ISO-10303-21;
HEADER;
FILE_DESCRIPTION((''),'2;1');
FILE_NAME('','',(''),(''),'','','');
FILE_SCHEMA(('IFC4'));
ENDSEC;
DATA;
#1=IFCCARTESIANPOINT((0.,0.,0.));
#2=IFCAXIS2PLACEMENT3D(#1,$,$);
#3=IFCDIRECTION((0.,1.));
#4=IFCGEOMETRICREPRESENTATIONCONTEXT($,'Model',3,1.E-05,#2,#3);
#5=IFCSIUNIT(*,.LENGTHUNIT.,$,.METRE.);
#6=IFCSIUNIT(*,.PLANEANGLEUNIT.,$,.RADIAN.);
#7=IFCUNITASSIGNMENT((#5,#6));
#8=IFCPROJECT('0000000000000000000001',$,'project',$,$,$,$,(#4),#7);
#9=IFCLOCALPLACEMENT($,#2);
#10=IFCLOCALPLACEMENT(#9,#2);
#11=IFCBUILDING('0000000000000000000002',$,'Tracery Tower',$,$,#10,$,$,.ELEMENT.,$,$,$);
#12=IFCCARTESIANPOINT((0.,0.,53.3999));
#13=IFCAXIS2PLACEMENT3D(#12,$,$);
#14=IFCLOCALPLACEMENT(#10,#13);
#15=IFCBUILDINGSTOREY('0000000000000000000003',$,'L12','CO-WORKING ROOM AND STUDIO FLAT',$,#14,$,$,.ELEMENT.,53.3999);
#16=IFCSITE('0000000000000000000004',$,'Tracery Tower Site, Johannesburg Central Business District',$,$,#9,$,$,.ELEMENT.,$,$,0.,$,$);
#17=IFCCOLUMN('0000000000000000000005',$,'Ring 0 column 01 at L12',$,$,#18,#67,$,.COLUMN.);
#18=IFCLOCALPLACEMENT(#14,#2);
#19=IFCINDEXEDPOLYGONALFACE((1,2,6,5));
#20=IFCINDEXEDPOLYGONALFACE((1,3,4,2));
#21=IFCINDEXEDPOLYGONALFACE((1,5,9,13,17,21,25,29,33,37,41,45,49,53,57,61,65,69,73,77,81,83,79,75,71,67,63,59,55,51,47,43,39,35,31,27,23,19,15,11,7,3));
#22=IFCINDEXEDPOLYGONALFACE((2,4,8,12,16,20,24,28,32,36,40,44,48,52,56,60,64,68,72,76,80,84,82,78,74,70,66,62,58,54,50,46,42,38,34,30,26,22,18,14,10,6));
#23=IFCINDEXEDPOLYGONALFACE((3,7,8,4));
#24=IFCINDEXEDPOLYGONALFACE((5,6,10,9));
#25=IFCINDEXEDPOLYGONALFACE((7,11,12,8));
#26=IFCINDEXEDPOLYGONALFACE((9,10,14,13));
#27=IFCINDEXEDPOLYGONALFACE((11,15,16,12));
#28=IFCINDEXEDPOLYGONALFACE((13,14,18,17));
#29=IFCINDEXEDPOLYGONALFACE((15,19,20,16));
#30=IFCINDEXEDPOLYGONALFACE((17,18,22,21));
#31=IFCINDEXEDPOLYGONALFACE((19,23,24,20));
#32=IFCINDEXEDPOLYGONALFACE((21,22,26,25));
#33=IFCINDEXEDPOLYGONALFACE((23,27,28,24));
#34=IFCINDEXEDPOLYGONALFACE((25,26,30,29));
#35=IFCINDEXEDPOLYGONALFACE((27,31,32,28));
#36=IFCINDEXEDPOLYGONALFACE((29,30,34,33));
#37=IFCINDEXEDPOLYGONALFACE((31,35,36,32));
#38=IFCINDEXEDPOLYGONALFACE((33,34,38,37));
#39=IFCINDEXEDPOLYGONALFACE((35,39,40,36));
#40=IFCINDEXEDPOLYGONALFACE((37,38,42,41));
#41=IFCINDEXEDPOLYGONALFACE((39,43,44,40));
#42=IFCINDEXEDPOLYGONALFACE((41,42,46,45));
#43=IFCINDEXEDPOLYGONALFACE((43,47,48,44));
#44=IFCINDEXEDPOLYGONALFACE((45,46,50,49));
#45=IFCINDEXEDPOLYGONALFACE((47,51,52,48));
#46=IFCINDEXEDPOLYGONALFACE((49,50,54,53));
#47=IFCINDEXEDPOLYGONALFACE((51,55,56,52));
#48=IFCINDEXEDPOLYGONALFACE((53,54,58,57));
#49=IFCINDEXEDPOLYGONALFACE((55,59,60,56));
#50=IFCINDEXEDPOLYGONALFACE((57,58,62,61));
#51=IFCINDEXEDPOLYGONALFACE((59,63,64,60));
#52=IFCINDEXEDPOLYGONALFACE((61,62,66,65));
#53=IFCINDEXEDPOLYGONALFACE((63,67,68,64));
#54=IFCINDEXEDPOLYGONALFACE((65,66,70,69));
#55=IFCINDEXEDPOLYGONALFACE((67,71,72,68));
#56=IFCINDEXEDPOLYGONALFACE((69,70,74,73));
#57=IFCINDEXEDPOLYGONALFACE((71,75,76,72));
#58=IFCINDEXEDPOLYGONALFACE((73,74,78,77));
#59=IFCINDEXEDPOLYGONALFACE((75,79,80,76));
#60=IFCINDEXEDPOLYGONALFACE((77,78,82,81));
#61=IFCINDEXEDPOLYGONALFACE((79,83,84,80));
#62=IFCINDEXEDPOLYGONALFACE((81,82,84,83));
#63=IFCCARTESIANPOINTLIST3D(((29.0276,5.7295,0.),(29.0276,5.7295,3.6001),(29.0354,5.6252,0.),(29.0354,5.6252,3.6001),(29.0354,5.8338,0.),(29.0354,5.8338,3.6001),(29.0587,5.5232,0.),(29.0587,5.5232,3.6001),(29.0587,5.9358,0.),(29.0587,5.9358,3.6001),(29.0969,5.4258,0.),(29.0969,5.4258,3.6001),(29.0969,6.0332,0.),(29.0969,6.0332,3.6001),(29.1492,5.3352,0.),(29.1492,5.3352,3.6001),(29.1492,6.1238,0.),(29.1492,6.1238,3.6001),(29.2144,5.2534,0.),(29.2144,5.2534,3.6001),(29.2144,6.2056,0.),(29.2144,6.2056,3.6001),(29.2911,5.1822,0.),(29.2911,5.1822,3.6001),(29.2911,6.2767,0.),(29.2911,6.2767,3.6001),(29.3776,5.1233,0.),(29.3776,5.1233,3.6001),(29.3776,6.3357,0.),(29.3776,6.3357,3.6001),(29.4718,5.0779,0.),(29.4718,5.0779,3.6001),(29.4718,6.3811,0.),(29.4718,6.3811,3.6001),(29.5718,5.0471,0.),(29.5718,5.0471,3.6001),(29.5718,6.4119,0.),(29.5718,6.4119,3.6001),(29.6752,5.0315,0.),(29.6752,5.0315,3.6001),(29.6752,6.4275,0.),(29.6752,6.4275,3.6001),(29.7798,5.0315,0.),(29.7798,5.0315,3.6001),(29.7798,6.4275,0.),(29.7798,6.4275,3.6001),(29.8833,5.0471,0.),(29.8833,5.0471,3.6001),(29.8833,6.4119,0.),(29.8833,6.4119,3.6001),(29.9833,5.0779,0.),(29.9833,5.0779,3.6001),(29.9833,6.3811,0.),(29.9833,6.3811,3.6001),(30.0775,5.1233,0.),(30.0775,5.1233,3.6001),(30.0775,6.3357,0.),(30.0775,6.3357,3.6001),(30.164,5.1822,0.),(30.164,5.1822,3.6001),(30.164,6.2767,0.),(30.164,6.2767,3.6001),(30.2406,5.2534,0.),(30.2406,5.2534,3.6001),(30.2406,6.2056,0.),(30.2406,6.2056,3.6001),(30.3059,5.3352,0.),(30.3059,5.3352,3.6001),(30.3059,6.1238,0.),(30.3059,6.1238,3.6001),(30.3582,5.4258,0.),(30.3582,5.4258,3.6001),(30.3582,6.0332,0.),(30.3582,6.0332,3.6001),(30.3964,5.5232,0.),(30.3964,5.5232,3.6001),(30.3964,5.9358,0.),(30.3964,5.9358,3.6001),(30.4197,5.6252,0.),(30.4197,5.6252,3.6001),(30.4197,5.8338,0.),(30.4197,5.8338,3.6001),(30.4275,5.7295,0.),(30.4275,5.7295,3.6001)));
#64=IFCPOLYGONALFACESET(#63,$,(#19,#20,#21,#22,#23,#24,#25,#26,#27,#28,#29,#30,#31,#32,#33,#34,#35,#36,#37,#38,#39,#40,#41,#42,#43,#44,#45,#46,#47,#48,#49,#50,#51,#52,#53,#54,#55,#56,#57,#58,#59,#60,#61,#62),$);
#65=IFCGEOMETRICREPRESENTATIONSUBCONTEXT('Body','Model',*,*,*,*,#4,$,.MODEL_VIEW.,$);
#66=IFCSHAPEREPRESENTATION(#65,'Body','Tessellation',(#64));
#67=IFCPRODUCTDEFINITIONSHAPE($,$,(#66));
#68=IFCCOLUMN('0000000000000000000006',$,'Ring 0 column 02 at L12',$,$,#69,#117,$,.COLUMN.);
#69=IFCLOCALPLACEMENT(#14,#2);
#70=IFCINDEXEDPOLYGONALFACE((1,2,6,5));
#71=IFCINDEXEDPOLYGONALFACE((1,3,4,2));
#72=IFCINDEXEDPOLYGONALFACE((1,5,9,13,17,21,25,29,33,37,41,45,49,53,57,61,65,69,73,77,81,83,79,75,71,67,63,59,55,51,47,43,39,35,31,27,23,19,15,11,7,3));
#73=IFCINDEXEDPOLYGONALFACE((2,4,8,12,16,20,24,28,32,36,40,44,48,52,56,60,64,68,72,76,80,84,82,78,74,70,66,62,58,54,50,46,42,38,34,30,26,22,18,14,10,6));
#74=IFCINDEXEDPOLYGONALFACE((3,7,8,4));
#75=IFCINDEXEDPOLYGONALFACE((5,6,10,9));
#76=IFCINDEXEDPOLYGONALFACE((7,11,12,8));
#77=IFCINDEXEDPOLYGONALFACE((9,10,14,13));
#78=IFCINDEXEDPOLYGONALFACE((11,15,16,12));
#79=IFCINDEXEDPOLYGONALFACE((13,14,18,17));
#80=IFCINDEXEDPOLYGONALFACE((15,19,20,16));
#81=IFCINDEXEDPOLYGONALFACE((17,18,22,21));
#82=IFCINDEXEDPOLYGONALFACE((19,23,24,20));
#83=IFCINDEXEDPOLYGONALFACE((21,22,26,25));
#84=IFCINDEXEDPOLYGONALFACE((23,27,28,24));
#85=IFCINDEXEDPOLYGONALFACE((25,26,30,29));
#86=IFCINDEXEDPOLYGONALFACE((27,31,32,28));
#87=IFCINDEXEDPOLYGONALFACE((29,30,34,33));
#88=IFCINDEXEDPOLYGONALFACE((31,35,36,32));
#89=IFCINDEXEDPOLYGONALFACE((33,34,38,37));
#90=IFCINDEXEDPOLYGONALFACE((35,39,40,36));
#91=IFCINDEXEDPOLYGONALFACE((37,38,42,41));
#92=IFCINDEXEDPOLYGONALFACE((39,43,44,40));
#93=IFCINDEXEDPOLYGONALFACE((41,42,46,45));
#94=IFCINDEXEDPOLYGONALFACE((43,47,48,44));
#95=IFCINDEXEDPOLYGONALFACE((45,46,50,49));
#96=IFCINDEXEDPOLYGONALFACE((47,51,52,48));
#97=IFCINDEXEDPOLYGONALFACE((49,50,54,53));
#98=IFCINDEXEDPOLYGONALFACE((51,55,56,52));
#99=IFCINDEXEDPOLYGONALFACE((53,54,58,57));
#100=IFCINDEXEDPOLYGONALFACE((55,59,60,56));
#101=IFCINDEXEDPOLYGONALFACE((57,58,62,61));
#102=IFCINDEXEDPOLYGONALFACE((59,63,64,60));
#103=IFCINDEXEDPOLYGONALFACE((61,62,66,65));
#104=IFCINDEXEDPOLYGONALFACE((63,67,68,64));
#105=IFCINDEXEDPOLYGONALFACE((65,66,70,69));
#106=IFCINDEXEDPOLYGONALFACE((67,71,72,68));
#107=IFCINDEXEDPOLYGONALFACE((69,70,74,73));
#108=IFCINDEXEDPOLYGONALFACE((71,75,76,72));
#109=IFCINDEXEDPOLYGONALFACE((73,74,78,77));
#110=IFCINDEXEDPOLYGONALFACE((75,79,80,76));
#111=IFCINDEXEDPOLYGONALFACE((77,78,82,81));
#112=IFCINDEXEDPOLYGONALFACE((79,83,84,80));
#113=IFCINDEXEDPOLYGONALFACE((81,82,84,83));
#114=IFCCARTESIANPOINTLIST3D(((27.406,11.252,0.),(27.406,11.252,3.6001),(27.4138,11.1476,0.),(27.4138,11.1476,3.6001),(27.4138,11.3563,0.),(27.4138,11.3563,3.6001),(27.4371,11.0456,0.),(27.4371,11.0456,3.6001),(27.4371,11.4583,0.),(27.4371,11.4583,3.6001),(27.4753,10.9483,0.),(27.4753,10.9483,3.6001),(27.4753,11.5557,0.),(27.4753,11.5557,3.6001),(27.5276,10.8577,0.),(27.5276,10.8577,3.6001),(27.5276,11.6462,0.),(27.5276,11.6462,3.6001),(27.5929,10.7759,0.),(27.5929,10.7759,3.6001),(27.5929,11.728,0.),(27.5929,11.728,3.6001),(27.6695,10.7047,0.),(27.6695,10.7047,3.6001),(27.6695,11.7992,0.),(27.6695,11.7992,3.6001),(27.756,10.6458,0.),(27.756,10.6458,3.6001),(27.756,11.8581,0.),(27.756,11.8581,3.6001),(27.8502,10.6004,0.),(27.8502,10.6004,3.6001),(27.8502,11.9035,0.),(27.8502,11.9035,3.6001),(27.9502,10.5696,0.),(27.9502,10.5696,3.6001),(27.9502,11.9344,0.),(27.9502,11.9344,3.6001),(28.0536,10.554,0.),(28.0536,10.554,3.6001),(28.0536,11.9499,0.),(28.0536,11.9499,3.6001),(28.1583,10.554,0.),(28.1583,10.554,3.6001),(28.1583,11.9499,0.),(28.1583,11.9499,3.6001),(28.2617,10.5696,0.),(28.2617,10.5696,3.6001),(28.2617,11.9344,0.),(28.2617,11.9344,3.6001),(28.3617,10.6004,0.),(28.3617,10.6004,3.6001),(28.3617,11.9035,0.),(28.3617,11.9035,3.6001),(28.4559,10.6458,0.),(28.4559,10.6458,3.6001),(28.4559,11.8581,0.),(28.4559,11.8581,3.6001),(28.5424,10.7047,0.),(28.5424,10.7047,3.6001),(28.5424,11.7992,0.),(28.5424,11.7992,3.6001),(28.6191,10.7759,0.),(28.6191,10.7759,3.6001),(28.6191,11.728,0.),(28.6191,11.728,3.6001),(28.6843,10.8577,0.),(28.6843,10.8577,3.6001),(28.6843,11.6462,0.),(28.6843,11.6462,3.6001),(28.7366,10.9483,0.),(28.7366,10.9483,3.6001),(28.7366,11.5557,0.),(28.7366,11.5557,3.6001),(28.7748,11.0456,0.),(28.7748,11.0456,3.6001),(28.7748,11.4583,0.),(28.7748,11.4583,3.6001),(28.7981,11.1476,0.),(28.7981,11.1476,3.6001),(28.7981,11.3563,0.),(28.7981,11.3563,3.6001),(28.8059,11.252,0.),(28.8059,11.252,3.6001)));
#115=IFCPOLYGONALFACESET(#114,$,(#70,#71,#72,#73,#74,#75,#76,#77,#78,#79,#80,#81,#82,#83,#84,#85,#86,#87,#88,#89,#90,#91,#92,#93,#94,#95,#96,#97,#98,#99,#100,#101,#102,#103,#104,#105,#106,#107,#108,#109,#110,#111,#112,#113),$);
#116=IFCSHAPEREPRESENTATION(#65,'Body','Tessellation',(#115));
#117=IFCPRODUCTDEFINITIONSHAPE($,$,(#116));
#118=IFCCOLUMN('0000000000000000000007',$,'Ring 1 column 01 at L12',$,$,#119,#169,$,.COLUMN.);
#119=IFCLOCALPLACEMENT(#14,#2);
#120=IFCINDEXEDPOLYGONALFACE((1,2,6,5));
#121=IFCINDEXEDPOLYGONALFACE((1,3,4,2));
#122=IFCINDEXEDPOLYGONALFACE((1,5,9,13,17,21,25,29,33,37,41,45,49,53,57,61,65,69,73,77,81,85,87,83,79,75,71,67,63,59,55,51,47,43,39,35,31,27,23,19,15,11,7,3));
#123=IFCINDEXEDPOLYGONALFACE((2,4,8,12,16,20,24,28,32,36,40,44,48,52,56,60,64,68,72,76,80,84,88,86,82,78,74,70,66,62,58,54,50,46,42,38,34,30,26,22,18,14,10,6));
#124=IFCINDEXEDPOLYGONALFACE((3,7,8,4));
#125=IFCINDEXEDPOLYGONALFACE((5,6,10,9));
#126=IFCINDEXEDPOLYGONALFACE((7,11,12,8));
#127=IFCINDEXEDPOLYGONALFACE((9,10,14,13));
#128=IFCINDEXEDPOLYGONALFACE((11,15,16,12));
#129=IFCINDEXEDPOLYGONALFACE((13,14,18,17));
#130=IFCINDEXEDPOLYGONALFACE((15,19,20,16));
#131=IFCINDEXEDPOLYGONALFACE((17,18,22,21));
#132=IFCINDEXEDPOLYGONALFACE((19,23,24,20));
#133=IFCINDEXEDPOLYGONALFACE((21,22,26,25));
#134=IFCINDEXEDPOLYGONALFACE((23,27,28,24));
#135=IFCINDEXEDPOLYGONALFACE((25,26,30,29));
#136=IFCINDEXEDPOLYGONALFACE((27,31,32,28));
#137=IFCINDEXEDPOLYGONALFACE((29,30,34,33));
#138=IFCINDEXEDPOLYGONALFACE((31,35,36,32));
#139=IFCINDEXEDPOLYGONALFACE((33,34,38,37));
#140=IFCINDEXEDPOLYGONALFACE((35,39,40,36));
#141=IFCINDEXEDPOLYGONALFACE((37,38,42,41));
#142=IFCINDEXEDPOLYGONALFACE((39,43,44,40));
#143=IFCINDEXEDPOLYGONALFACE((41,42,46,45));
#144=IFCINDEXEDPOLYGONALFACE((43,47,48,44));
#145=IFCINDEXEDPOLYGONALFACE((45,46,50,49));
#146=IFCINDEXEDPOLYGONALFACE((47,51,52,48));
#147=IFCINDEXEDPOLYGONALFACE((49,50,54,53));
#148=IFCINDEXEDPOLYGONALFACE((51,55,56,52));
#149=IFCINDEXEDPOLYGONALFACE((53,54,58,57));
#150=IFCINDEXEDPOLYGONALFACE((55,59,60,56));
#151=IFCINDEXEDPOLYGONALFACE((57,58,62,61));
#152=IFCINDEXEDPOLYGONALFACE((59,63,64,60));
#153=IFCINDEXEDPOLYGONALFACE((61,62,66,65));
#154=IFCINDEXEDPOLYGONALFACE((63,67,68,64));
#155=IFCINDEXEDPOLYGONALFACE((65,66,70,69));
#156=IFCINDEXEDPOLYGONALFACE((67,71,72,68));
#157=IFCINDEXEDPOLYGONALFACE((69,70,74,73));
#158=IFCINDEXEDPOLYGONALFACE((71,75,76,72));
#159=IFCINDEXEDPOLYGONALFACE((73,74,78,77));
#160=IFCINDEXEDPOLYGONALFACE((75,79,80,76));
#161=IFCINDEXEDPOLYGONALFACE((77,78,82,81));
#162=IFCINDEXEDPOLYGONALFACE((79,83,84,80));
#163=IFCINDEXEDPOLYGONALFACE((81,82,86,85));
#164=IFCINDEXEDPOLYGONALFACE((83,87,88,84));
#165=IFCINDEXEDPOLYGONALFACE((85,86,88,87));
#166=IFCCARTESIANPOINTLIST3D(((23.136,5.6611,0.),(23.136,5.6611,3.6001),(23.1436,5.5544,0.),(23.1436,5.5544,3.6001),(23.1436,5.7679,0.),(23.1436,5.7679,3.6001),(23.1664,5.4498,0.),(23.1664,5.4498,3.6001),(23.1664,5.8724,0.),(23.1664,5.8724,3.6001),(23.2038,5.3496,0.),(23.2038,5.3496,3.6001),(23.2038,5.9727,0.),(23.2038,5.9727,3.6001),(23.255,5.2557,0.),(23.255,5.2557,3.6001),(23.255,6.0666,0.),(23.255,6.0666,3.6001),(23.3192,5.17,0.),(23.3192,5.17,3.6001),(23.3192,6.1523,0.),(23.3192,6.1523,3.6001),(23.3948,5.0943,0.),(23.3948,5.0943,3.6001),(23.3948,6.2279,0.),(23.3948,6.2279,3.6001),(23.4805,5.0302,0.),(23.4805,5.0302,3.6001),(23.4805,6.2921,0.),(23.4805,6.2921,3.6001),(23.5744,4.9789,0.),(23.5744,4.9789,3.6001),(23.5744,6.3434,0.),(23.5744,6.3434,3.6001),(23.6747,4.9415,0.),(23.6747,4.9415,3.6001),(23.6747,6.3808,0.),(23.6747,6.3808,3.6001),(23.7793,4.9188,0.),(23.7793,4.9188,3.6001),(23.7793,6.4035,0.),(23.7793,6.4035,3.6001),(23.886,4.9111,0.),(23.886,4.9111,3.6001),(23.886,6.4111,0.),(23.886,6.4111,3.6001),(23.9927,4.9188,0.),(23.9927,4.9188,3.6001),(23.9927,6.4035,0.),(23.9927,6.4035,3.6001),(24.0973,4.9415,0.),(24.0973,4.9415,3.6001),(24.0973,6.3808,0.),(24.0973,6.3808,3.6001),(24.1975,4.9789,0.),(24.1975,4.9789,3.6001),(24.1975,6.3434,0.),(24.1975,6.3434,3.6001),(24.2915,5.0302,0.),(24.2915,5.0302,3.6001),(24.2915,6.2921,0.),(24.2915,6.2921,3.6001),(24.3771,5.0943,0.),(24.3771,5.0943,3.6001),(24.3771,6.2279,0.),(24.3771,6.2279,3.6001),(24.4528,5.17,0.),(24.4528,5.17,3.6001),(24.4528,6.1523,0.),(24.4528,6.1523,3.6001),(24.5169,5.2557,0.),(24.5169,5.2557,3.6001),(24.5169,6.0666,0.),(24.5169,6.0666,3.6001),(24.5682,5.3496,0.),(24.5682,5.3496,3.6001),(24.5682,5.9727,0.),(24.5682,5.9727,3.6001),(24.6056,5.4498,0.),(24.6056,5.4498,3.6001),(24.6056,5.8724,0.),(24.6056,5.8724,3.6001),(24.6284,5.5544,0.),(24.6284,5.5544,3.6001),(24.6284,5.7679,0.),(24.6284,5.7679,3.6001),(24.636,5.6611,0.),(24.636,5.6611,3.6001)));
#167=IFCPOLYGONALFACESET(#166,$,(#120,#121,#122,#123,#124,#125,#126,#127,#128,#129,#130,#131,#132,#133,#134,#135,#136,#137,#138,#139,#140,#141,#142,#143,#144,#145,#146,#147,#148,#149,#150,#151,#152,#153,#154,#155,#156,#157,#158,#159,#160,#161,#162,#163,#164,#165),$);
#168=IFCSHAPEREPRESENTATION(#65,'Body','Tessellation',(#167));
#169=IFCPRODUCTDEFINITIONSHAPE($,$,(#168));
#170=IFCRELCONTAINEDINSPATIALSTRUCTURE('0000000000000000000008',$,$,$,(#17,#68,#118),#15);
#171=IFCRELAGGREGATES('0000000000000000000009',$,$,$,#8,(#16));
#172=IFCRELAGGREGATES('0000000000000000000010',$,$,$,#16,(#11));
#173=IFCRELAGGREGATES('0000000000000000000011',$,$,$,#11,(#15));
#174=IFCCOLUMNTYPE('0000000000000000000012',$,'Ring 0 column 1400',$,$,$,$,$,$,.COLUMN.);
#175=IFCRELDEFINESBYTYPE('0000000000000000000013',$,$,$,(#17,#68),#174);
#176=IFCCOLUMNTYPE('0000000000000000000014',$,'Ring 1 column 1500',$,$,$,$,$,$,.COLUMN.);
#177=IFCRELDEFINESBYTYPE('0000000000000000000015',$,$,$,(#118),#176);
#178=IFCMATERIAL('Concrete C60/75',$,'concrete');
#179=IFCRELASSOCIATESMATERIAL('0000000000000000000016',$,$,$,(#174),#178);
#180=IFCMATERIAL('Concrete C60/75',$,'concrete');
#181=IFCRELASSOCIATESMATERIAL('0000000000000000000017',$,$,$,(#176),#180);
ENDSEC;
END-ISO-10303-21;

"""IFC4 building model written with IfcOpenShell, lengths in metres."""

from ifc_helpers import new_model, si_unit, direction, frame, origin, origin_2d, place, context, subcontext, project, spatial, circle, extrude, material, material_profile, profile_set, type_object, element, save


model = new_model("IFC4")

# Units and contexts
model_context = context("Model", 3, precision=1e-05, world=origin(), true_north=direction((0.0, 1.0)))
body_context = subcontext(model_context, "Body", "Model", "MODEL_VIEW")
ifc_project = project(units=[si_unit("LENGTHUNIT", "METRE"), si_unit("PLANEANGLEUNIT", "RADIAN")], contexts=[model_context])

# Site, building, storey
site_placement = place(None, origin())
site = spatial("IfcSite", under=ifc_project, at=site_placement, Name="Tracery Tower Site, Johannesburg Central Business District", CompositionType="ELEMENT", RefElevation=0.0)
building_placement = place(site_placement, origin())
building = spatial("IfcBuilding", under=site, at=building_placement, Name="Tracery Tower", CompositionType="ELEMENT")
storey_placement = place(building_placement, frame((0.0, 0.0, 53.3999)))
storey = spatial("IfcBuildingStorey", under=building, at=storey_placement, Name="L12", Description="CO-WORKING ROOM AND STUDIO FLAT", CompositionType="ELEMENT", Elevation=53.3999)

# Columns
ifc_material_1 = material(Name="Concrete C60/75", Category="concrete")
ifc_material_profile_1 = material_profile(ifc_material_1, circle(Radius=0.7, at=origin_2d()), Name="RC D1400")
ifc_profile_set_1 = profile_set([ifc_material_profile_1], Name="Concrete C60/75")
column_type_1 = type_object("IfcColumnType", Name="Ring 0 column 1400", PredefinedType="COLUMN", material=ifc_profile_set_1)
for number, where, z_axis, x_axis, name in (
    (1, (29.7275, 5.7295, 0.0), (0.0, 0.0, 1.0), (1.0, 0.0, 0.0), "Ring 0 column 01 at L12"),
    (2, (28.106, 11.252, 0.0), (0.0, 0.0, 1.0), (1.0, 0.0, 0.0), "Ring 0 column 02 at L12"),
):
    element("IfcColumn", number, at=place(storey_placement, frame(where, z_axis=z_axis, x_axis=x_axis)), inside=storey, type_object=column_type_1, Name=name, PredefinedType="COLUMN", context=body_context, shape_type="SweptSolid", body=[
        extrude(circle(Radius=0.7, at=origin_2d()), origin(), (0.0, 0.0, 1.0), 3.6001),
    ])
ifc_material_2 = material(Name="Concrete C60/75", Category="concrete")
ifc_material_profile_2 = material_profile(ifc_material_2, circle(Radius=0.75, at=origin_2d()), Name="RC D1500")
ifc_profile_set_2 = profile_set([ifc_material_profile_2], Name="Concrete C60/75")
column_type_2 = type_object("IfcColumnType", Name="Ring 1 column 1500", PredefinedType="COLUMN", material=ifc_profile_set_2)
for number, where, z_axis, x_axis, name in (
    (3, (23.886, 5.6611, 0.0), (0.0, 0.0, 1.0), (1.0, 0.0, 0.0), "Ring 1 column 01 at L12"),
):
    element("IfcColumn", number, at=place(storey_placement, frame(where, z_axis=z_axis, x_axis=x_axis)), inside=storey, type_object=column_type_2, Name=name, PredefinedType="COLUMN", context=body_context, shape_type="SweptSolid", body=[
        extrude(circle(Radius=0.75, at=origin_2d()), origin(), (0.0, 0.0, 1.0), 3.6001),
    ])

save(model, "model.ifc")
